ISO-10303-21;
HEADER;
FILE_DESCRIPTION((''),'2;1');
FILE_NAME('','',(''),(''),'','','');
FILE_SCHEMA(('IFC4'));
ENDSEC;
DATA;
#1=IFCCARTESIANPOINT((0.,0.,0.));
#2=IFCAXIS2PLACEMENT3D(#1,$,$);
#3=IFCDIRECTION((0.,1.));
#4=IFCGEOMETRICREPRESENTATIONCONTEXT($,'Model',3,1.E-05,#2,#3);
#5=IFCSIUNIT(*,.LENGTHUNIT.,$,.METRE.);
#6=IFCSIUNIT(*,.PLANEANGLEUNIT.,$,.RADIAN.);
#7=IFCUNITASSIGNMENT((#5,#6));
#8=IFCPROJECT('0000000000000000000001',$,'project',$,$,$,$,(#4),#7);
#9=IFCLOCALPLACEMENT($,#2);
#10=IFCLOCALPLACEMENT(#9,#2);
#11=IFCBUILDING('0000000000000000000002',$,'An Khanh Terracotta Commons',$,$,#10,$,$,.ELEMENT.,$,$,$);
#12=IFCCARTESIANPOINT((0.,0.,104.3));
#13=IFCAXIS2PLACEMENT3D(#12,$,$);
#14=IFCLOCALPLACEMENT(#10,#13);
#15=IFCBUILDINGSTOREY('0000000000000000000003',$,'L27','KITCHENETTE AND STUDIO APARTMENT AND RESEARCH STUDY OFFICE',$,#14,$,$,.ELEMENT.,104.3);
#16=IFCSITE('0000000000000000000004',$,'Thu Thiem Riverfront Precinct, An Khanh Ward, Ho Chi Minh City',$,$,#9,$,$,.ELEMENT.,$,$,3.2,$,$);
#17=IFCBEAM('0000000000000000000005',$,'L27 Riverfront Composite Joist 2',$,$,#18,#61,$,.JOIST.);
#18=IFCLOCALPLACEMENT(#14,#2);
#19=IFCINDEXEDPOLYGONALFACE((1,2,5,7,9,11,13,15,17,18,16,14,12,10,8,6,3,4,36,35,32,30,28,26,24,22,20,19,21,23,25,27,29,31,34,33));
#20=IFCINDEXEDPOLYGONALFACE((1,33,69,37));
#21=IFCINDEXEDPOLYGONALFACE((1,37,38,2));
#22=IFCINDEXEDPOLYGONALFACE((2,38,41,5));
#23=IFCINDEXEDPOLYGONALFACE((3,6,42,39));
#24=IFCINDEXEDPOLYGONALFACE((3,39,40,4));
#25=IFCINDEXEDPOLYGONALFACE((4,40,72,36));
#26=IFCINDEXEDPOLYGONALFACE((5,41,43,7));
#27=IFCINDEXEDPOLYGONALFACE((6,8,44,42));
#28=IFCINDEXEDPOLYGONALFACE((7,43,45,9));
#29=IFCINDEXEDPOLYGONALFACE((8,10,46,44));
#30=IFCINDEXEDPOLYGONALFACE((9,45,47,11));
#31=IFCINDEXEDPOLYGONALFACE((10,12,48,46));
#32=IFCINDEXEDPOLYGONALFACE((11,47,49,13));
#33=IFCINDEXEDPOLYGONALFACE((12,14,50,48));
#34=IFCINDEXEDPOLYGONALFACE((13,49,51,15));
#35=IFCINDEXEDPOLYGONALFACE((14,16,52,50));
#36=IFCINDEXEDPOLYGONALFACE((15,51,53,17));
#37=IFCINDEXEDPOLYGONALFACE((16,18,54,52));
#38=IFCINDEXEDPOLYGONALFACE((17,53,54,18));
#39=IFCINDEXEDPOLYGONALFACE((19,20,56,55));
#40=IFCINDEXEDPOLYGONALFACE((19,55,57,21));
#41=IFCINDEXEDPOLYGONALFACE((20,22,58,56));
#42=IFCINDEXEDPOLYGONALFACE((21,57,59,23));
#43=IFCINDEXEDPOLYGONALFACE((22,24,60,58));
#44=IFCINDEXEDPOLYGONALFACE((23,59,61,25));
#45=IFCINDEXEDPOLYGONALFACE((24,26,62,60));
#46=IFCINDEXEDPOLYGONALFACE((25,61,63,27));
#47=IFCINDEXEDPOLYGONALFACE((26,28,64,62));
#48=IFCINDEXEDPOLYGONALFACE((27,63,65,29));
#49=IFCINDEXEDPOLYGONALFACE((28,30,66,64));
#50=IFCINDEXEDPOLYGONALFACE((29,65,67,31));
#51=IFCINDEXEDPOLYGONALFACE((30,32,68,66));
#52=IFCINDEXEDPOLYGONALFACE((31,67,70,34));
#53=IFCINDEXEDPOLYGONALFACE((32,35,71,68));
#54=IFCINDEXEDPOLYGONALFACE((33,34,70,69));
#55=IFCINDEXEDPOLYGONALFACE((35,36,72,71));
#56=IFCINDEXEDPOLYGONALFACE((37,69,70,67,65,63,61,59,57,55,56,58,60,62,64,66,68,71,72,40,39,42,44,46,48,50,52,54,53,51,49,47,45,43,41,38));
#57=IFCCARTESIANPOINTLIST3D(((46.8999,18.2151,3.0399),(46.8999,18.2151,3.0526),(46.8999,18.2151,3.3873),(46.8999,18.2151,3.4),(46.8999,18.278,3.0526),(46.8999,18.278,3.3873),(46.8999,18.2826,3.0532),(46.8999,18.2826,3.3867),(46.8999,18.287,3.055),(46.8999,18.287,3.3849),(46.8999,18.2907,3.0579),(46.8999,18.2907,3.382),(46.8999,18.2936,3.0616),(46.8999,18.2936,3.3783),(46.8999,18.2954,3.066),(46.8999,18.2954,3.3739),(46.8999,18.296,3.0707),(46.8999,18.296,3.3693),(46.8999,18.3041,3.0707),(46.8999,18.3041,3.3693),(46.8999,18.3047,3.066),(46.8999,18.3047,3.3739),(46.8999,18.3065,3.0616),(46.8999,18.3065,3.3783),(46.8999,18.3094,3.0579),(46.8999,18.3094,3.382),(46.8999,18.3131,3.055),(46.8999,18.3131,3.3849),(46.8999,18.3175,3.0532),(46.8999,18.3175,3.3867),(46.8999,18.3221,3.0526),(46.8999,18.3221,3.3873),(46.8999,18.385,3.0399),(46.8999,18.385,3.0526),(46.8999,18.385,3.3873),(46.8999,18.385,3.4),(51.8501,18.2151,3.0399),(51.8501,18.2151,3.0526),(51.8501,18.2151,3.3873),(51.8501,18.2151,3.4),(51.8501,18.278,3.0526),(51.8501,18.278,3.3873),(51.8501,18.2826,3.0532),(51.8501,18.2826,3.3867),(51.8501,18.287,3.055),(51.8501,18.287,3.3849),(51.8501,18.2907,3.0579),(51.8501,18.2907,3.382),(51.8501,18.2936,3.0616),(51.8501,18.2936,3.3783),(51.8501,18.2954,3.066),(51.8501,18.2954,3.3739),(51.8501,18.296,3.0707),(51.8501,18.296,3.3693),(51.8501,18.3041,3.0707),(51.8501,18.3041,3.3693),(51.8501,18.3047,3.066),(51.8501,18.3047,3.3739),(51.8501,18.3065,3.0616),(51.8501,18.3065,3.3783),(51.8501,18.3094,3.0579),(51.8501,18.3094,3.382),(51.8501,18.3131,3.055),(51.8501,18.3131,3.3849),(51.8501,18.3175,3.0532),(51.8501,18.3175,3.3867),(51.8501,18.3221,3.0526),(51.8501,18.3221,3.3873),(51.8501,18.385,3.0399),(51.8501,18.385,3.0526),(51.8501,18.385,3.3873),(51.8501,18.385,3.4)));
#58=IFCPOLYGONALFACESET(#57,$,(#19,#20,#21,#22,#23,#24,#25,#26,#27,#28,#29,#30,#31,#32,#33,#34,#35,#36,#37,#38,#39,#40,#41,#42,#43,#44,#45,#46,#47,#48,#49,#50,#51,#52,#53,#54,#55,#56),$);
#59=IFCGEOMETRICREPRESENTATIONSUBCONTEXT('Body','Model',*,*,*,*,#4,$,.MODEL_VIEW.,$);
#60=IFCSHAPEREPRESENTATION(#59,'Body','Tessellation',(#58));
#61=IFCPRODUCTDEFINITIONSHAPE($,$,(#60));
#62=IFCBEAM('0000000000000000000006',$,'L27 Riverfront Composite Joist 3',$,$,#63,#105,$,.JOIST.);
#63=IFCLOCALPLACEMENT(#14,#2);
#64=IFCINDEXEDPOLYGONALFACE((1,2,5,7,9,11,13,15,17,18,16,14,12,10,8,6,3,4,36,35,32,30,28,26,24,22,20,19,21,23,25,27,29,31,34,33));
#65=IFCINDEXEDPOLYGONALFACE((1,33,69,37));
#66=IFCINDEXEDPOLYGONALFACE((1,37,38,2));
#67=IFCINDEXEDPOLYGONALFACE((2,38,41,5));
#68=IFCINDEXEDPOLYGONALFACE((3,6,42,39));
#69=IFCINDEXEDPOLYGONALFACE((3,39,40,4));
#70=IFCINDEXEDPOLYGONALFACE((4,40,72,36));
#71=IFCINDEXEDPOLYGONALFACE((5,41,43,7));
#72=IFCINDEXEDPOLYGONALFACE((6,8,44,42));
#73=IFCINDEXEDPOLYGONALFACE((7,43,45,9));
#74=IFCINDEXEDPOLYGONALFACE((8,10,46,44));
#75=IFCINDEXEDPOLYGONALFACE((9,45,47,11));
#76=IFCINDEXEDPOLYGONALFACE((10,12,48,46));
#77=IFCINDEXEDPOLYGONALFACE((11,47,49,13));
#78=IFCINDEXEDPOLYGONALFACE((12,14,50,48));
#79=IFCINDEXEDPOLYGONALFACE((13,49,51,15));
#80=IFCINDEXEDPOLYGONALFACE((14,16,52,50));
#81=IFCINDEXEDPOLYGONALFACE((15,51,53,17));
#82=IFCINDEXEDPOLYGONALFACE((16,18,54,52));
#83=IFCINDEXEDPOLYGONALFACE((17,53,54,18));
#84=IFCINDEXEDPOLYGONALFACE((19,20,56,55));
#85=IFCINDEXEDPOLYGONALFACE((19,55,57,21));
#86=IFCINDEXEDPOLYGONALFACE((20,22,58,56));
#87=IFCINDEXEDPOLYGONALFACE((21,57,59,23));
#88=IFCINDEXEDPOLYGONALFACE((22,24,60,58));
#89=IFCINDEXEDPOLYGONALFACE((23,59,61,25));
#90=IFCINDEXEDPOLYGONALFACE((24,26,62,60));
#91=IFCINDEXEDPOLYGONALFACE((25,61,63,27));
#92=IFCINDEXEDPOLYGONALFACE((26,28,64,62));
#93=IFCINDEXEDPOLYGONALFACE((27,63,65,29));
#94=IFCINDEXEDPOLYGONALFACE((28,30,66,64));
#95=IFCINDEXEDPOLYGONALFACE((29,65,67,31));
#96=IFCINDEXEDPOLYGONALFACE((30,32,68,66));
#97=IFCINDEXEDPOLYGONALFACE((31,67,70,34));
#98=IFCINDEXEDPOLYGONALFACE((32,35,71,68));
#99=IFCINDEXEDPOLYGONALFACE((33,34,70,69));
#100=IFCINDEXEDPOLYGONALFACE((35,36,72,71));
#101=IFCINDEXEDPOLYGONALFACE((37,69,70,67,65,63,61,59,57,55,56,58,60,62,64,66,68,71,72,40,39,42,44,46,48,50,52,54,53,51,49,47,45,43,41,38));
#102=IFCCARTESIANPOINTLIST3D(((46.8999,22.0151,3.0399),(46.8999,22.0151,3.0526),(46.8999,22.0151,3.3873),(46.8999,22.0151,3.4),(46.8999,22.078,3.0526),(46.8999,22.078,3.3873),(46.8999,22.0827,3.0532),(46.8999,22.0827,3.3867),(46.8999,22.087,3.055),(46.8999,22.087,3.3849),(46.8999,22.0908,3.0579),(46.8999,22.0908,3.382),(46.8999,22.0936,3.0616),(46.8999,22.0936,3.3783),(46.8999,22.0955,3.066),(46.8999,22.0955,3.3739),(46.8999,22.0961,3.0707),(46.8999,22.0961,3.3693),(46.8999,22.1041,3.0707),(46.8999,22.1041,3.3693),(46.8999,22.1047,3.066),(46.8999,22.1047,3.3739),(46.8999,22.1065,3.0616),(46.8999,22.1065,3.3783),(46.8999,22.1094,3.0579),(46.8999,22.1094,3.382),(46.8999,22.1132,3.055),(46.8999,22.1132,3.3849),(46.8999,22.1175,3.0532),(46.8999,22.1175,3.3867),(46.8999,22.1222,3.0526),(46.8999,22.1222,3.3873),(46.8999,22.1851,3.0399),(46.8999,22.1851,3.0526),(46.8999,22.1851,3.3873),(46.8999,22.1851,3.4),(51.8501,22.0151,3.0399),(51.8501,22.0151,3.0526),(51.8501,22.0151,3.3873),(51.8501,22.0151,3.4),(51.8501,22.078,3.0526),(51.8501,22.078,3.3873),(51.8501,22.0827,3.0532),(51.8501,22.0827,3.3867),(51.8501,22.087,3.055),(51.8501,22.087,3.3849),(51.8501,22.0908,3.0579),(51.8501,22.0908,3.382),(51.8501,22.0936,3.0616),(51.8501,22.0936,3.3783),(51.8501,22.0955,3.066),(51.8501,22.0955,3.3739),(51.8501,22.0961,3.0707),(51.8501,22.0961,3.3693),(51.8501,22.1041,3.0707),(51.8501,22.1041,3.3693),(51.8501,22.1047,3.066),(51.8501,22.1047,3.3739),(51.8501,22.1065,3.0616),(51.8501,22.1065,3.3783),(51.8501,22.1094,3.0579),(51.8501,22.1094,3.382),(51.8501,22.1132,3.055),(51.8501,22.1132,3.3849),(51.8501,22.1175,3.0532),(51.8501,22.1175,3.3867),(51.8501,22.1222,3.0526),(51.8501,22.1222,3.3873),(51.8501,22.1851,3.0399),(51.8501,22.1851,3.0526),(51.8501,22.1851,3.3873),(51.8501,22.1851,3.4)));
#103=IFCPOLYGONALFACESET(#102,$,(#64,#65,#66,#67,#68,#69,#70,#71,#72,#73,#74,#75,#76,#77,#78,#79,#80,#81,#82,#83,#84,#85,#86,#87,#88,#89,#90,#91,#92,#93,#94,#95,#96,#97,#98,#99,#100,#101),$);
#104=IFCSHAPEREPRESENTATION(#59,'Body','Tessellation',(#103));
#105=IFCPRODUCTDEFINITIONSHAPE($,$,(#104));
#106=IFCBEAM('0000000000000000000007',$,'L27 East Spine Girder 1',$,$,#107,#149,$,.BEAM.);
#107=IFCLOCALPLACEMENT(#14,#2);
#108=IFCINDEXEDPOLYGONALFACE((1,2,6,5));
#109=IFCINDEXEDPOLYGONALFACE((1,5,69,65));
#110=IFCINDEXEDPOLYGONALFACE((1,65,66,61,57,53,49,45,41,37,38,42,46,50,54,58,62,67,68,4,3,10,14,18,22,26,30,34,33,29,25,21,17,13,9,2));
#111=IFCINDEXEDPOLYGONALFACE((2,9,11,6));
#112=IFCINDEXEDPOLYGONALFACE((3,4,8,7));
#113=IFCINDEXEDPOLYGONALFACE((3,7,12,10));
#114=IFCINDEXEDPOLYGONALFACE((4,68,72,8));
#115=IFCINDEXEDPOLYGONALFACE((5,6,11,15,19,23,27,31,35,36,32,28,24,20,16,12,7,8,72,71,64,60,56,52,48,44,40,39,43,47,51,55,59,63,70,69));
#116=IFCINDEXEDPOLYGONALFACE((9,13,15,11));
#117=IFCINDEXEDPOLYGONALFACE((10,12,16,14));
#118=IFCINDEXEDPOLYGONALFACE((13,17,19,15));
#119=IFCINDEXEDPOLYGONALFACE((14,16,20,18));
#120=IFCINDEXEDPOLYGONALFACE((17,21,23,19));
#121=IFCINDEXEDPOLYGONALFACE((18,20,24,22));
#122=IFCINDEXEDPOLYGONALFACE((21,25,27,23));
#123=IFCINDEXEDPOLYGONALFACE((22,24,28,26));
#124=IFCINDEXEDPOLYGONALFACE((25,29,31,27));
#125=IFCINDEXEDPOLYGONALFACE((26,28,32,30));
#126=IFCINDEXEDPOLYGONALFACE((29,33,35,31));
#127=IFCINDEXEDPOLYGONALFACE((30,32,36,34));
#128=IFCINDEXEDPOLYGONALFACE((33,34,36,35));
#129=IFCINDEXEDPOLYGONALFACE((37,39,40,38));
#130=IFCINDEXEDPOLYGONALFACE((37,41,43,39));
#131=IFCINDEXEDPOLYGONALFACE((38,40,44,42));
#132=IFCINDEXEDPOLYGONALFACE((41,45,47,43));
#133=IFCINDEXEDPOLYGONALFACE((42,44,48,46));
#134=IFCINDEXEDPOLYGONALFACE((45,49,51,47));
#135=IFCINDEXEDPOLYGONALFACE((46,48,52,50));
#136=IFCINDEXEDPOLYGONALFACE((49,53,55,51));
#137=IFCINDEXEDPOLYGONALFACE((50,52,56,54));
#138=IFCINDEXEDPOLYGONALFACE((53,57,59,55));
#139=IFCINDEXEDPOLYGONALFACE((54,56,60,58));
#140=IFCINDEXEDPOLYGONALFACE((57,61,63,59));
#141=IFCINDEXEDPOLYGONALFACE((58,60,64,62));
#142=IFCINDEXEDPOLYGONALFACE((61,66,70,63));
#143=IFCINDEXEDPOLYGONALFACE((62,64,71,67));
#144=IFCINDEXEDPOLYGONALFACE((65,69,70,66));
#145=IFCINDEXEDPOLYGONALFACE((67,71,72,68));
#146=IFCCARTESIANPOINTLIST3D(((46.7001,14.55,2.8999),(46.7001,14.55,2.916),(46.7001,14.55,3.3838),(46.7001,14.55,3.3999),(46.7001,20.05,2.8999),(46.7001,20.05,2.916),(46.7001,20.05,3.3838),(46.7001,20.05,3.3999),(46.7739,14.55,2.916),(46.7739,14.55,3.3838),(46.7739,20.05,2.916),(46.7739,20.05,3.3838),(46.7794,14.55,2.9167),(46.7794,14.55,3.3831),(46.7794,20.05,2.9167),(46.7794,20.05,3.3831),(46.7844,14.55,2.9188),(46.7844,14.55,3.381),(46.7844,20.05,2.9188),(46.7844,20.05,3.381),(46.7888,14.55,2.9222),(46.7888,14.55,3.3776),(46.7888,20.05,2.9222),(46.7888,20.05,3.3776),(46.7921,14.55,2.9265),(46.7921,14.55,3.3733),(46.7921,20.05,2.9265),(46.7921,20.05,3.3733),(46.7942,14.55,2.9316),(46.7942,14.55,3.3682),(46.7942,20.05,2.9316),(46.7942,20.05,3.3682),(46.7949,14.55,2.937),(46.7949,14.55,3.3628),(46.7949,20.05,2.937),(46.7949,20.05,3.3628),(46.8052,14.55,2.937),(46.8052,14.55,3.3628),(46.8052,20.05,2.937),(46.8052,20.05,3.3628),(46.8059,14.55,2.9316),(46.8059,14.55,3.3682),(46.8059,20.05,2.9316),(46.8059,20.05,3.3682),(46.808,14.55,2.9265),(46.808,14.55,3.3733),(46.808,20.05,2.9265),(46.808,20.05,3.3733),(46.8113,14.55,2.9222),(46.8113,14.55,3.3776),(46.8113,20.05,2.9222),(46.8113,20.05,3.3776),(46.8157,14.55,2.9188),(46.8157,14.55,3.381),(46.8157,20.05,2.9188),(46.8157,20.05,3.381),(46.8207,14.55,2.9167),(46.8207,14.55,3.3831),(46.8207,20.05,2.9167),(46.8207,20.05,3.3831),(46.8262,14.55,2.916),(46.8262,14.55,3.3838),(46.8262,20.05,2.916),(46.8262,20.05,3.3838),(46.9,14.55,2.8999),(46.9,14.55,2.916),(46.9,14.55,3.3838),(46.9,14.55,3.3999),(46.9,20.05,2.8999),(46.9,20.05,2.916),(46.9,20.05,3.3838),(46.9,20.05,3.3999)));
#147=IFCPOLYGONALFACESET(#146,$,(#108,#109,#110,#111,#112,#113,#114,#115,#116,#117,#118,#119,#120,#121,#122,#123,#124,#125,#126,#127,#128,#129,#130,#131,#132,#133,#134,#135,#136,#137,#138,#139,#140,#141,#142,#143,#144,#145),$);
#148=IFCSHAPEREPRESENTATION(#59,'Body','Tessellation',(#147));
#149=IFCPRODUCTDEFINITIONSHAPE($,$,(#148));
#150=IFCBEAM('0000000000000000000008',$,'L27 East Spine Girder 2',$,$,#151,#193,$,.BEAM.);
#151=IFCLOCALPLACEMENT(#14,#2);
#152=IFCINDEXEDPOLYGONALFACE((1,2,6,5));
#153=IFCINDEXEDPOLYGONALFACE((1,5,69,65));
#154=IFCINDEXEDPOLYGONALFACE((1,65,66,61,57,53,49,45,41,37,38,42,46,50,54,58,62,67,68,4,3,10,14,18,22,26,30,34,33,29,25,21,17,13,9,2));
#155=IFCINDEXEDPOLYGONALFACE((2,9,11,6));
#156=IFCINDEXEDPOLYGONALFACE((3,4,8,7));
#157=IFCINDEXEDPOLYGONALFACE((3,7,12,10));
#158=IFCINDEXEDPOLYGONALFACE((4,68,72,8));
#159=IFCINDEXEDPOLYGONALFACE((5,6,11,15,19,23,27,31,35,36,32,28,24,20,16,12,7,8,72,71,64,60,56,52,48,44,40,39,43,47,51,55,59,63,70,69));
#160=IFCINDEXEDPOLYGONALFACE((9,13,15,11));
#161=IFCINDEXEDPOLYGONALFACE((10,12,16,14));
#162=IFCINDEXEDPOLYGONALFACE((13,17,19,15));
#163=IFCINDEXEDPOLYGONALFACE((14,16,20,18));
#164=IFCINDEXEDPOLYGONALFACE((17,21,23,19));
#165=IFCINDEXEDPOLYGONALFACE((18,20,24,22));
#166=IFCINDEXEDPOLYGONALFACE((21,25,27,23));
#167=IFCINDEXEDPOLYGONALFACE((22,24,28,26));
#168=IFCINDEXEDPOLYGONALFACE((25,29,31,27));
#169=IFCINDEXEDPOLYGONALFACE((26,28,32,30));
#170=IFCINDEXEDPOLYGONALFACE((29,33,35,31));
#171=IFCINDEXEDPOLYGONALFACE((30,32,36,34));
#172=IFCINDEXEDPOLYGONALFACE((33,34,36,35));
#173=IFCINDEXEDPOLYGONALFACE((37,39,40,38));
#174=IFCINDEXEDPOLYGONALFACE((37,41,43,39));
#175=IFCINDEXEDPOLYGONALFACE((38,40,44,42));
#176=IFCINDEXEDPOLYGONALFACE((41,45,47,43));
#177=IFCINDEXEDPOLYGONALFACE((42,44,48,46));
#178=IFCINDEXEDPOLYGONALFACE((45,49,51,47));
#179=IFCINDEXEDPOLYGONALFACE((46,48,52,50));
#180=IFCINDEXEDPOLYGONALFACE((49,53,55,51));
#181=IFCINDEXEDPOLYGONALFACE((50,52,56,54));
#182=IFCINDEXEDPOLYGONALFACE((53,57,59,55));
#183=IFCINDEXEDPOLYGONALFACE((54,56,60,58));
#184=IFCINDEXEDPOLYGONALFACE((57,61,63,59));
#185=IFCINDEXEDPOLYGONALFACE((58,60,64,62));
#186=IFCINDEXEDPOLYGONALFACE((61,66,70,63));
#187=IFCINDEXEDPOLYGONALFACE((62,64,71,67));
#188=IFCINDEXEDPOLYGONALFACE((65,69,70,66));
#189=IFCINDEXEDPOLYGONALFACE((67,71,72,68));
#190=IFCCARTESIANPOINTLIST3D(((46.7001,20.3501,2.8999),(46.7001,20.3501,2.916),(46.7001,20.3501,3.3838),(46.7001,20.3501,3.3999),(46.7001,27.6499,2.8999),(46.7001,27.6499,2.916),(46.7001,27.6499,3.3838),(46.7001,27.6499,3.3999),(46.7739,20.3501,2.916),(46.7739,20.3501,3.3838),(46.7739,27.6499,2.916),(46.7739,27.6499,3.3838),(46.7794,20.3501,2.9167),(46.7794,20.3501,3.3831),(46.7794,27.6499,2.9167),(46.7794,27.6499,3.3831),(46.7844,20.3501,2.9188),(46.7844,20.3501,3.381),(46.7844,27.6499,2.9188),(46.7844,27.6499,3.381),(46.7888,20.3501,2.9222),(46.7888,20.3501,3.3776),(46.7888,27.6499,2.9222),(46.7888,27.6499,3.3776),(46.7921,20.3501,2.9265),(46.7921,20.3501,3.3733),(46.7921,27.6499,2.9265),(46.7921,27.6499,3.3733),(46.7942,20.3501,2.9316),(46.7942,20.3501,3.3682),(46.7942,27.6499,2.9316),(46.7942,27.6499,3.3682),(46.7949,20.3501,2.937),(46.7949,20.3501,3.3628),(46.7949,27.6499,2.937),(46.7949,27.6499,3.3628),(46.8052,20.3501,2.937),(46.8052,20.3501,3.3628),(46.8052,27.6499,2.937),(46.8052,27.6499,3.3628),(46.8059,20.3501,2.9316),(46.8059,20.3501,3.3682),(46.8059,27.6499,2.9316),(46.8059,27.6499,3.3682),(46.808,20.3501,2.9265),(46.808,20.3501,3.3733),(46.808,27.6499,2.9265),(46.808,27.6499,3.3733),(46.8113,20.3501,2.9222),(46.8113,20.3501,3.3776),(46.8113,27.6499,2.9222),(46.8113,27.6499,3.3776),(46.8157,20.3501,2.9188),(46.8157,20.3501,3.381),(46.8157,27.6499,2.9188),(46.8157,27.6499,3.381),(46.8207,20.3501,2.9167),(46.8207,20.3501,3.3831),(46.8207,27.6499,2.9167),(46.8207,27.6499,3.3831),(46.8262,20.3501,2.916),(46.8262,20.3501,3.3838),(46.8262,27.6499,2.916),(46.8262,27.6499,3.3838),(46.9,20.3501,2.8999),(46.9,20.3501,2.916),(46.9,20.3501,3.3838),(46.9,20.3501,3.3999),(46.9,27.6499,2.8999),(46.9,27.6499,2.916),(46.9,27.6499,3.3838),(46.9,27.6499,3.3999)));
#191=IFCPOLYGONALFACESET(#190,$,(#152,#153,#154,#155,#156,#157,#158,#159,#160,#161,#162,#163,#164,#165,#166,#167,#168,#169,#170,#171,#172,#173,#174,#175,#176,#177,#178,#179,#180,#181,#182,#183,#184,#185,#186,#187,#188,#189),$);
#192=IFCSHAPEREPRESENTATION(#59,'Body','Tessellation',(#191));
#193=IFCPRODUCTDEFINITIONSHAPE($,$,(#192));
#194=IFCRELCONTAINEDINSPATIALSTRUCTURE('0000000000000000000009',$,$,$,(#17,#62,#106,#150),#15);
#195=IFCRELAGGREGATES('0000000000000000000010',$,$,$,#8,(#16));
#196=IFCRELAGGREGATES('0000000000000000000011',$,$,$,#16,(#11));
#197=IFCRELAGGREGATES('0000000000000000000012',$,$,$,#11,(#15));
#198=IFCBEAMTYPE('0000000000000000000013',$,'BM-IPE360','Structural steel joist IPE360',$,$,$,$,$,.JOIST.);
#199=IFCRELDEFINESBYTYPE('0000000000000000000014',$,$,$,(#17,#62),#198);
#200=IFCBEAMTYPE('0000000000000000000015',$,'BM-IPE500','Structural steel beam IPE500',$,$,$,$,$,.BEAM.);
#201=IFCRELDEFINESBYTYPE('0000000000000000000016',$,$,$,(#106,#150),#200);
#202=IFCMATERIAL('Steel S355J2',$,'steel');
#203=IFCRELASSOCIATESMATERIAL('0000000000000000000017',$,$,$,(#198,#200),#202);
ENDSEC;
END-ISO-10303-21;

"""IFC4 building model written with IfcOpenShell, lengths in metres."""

from ifc_helpers import new_model, si_unit, direction, frame, origin, origin_2d, place, context, subcontext, project, spatial, i_section, extrude, material, material_profile, profile_set, type_object, element, save


model = new_model("IFC4")

# Units and contexts
model_context = context("Model", 3, precision=1e-05, world=origin(), true_north=direction((0.0, 1.0)))
body_context = subcontext(model_context, "Body", "Model", "MODEL_VIEW")
ifc_project = project(units=[si_unit("LENGTHUNIT", "METRE"), si_unit("PLANEANGLEUNIT", "RADIAN")], contexts=[model_context])

# Site, building, storey
site_placement = place(None, origin())
site = spatial("IfcSite", under=ifc_project, at=site_placement, Name="Thu Thiem Riverfront Precinct, An Khanh Ward, Ho Chi Minh City", CompositionType="ELEMENT", RefElevation=3.2)
building_placement = place(site_placement, origin())
building = spatial("IfcBuilding", under=site, at=building_placement, Name="An Khanh Terracotta Commons", CompositionType="ELEMENT")
storey_placement = place(building_placement, frame((0.0, 0.0, 104.3)))
storey = spatial("IfcBuildingStorey", under=building, at=storey_placement, Name="L27", Description="KITCHENETTE AND STUDIO APARTMENT AND RESEARCH STUDY OFFICE", CompositionType="ELEMENT", Elevation=104.3)

# Beams
ifc_material_1 = material(Name="Steel S355J2", Category="steel")
ifc_material_profile_1 = material_profile(ifc_material_1, i_section(OverallWidth=0.1699, OverallDepth=0.3601, WebThickness=0.0081, FlangeThickness=0.0127, FilletRadius=0.0181, at=origin_2d()), Name="IPE360")
ifc_profile_set_1 = profile_set([ifc_material_profile_1], Name="Steel S355J2")
beam_type_1 = type_object("IfcBeamType", Name="BM-IPE360", Description="Structural steel joist IPE360", PredefinedType="JOIST", material=ifc_profile_set_1)
for number, where, z_axis, x_axis, name in (
    (1, (46.8999, 18.3, 3.22), (1.0, 0.0, 0.0), (0.0, 1.0, 0.0), "L27 Riverfront Composite Joist 2"),
    (2, (46.8999, 22.1001, 3.22), (1.0, 0.0, 0.0), (0.0, 1.0, 0.0), "L27 Riverfront Composite Joist 3"),
):
    element("IfcBeam", number, at=place(storey_placement, frame(where, z_axis=z_axis, x_axis=x_axis)), inside=storey, type_object=beam_type_1, Name=name, PredefinedType="JOIST", context=body_context, shape_type="SweptSolid", body=[
        extrude(i_section(OverallWidth=0.1699, OverallDepth=0.3601, WebThickness=0.0081, FlangeThickness=0.0127, FilletRadius=0.0181, at=origin_2d()), origin(), (0.0, 0.0, 1.0), 4.9502),
    ])
ifc_material_profile_2 = material_profile(ifc_material_1, i_section(OverallWidth=0.2, OverallDepth=0.5, WebThickness=0.0103, FlangeThickness=0.0161, FilletRadius=0.021, at=origin_2d()), Name="IPE500")
ifc_profile_set_2 = profile_set([ifc_material_profile_2], Name="Steel S355J2")
beam_type_2 = type_object("IfcBeamType", Name="BM-IPE500", Description="Structural steel beam IPE500", PredefinedType="BEAM", material=ifc_profile_set_2)
beam_1_placement = place(storey_placement, frame((46.8, 14.55, 3.1499), z_axis=(0.0, 1.0, 0.0), x_axis=(-1.0, 0.0, 0.0)))
element("IfcBeam", 3, at=beam_1_placement, inside=storey, type_object=beam_type_2, Name="L27 East Spine Girder 1", PredefinedType="BEAM", context=body_context, shape_type="SweptSolid", body=[
    extrude(i_section(OverallWidth=0.2, OverallDepth=0.5, WebThickness=0.0103, FlangeThickness=0.0161, FilletRadius=0.021, at=origin_2d()), origin(), (0.0, 0.0, 1.0), 5.5),
])
beam_2_placement = place(storey_placement, frame((46.8, 20.3501, 3.1499), z_axis=(0.0, 1.0, 0.0), x_axis=(-1.0, 0.0, 0.0)))
element("IfcBeam", 4, at=beam_2_placement, inside=storey, type_object=beam_type_2, Name="L27 East Spine Girder 2", PredefinedType="BEAM", context=body_context, shape_type="SweptSolid", body=[
    extrude(i_section(OverallWidth=0.2, OverallDepth=0.5, WebThickness=0.0103, FlangeThickness=0.0161, FilletRadius=0.021, at=origin_2d()), origin(), (0.0, 0.0, 1.0), 7.2998),
])

save(model, "model.ifc")
